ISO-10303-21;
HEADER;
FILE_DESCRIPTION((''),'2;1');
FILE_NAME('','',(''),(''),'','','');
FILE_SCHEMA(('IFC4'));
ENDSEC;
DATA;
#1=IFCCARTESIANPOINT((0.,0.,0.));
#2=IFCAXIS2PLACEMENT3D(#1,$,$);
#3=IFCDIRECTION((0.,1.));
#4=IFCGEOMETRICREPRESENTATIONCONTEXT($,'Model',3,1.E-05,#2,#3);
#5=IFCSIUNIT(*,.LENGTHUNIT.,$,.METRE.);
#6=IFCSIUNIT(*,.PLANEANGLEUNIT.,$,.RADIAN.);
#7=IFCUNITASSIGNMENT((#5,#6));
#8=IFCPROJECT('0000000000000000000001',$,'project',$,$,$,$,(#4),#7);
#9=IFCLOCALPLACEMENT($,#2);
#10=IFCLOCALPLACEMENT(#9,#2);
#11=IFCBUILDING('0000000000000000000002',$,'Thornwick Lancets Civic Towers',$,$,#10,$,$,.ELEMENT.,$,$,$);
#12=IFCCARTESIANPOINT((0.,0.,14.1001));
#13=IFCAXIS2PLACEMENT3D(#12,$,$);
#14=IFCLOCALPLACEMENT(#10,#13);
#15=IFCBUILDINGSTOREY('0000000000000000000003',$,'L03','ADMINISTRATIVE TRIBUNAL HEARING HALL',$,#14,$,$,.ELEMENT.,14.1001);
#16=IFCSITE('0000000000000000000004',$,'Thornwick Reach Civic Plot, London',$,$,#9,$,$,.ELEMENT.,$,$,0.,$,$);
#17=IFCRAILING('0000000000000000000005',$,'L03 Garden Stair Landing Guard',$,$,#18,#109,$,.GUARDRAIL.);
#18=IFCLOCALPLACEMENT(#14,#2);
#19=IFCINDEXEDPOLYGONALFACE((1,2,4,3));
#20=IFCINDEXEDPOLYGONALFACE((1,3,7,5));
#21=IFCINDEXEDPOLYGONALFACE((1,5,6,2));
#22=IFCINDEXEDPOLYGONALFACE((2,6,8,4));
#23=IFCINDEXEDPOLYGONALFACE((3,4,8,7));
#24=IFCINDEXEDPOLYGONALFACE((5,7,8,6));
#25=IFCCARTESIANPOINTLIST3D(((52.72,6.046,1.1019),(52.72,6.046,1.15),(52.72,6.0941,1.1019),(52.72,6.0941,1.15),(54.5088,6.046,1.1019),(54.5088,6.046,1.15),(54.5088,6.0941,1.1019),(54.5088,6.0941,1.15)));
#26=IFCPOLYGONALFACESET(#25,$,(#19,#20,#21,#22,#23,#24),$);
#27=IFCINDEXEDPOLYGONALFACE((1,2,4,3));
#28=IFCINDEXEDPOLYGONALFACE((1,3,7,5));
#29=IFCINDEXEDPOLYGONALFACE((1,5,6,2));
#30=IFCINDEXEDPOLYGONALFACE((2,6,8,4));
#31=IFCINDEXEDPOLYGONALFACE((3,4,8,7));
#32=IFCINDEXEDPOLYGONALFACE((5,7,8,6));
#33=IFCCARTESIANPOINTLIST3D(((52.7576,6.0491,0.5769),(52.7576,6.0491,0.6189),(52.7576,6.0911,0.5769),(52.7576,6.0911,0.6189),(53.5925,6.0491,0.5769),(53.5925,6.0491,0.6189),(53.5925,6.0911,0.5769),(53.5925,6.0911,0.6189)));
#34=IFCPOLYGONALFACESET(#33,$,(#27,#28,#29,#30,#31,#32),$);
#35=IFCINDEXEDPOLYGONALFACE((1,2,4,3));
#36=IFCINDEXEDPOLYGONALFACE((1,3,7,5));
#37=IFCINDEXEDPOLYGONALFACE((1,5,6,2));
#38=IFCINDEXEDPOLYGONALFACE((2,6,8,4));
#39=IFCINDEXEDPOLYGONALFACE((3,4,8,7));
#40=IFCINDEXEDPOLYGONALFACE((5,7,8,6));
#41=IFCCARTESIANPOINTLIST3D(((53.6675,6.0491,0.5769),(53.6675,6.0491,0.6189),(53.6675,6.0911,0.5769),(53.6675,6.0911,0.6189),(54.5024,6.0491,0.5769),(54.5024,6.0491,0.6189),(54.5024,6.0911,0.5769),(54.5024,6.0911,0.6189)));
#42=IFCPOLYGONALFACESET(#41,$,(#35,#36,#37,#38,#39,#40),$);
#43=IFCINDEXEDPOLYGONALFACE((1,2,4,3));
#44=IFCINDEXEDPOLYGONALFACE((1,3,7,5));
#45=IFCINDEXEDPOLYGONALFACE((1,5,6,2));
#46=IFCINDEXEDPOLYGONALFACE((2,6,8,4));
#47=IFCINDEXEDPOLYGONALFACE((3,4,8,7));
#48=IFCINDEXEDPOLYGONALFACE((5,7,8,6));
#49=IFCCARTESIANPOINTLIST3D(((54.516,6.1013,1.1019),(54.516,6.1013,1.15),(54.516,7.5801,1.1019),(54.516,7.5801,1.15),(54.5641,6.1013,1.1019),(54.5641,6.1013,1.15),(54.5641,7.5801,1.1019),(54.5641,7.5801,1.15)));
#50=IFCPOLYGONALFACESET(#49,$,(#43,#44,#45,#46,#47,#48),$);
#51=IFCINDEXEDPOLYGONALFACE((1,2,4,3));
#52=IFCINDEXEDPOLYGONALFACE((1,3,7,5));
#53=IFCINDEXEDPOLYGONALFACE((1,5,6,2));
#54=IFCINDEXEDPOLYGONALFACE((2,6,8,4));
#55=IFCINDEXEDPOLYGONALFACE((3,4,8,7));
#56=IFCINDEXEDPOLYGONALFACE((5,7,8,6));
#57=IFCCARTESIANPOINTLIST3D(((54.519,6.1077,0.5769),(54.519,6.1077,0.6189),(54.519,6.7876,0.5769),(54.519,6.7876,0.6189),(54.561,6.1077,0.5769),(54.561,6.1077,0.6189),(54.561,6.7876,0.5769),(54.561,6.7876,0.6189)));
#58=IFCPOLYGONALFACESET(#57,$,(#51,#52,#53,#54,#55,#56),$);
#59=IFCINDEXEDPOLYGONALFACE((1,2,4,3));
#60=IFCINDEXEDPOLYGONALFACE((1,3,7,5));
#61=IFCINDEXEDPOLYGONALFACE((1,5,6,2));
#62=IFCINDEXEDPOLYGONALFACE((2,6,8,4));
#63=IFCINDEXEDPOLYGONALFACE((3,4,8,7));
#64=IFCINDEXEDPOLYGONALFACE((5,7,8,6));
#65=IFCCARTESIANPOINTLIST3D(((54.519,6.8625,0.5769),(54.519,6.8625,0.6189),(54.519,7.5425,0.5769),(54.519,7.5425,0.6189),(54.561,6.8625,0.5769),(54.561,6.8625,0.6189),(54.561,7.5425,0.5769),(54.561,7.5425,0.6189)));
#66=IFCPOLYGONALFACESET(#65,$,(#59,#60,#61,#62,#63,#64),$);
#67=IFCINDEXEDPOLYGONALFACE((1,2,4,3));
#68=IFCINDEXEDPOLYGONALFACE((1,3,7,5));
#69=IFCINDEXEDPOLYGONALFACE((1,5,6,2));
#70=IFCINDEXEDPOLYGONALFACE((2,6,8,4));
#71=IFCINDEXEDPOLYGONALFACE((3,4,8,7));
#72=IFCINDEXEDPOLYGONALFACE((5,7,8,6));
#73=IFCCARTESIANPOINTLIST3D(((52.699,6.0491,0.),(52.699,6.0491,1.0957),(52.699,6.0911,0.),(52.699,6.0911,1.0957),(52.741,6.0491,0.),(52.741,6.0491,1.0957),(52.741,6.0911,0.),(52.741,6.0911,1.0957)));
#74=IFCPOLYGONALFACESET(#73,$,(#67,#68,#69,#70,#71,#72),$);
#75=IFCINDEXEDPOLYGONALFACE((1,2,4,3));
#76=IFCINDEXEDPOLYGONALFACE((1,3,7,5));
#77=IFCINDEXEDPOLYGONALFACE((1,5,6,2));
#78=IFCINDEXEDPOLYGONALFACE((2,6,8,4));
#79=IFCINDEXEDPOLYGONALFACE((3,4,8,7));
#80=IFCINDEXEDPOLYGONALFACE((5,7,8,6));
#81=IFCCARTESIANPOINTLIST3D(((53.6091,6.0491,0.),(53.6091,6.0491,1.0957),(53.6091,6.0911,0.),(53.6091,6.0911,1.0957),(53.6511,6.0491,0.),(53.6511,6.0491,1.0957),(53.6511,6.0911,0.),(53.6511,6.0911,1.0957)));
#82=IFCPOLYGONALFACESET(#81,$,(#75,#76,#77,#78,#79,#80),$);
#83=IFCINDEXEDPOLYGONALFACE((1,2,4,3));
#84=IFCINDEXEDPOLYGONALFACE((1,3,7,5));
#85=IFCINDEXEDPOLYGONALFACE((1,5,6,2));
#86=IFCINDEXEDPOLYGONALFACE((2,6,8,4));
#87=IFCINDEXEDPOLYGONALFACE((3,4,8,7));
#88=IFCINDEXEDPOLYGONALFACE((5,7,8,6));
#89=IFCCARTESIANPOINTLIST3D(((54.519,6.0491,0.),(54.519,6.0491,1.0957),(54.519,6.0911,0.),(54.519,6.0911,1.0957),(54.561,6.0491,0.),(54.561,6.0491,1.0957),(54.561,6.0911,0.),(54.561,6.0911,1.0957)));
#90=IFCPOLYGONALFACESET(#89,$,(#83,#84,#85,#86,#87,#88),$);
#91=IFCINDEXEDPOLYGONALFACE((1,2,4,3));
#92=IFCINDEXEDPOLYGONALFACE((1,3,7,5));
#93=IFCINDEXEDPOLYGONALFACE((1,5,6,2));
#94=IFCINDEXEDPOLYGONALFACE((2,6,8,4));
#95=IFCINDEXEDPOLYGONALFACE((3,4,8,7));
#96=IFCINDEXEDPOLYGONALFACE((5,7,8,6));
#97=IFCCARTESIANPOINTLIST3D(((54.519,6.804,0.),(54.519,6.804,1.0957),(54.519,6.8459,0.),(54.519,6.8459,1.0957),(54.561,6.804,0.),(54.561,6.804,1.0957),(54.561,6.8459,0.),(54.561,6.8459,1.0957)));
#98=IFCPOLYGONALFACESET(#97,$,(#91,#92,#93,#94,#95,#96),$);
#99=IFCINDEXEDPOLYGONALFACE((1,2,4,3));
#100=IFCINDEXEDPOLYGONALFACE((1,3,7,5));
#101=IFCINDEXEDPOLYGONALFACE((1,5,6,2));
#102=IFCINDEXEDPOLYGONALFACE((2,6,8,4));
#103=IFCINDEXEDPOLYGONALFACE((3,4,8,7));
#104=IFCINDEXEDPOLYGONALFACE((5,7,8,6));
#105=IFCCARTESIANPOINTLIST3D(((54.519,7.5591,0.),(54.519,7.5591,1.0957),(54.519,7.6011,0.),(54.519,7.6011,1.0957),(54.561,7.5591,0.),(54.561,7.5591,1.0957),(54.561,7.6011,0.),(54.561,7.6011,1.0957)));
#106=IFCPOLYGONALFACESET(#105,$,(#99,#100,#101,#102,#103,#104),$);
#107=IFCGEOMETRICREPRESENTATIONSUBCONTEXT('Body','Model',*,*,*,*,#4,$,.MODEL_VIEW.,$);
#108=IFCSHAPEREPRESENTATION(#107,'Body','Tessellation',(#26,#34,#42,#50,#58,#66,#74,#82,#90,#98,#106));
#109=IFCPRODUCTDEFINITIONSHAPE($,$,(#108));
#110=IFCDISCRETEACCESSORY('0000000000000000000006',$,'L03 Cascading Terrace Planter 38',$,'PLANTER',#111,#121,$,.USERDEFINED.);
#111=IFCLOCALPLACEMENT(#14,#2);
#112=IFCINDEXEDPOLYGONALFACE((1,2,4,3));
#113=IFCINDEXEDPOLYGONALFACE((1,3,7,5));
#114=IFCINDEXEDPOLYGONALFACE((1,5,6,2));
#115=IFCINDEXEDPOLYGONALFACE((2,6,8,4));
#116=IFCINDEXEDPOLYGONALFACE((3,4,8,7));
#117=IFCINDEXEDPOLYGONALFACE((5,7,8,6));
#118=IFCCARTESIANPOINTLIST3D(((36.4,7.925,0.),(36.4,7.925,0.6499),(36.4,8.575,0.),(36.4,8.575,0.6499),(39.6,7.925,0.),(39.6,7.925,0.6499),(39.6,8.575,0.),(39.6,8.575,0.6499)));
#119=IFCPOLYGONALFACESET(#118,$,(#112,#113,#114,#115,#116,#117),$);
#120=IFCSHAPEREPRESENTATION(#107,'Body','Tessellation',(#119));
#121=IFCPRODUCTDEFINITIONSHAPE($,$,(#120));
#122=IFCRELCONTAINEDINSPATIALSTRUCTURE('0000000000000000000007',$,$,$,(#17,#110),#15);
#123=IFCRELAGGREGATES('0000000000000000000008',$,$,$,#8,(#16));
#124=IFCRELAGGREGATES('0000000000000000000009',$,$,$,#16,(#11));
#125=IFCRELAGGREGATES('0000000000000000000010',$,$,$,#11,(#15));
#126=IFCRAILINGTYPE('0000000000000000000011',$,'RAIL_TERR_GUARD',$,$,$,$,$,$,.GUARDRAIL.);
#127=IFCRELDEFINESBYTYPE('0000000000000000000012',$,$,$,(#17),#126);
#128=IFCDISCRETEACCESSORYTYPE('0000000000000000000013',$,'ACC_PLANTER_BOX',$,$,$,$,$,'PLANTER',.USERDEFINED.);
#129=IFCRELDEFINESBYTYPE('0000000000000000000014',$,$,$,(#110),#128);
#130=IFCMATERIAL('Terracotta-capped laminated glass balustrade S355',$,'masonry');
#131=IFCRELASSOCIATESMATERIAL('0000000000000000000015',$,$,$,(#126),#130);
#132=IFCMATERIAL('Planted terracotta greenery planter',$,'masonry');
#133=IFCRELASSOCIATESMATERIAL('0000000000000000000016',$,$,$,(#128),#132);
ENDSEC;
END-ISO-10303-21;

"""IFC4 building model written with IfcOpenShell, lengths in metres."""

from ifc_helpers import new_model, si_unit, direction, frame, origin, origin_2d, place, context, subcontext, project, spatial, rectangle, extrude, material, type_object, element, save


model = new_model("IFC4")

# Units and contexts
model_context = context("Model", 3, precision=1e-05, world=origin(), true_north=direction((0.0, 1.0)))
body_context = subcontext(model_context, "Body", "Model", "MODEL_VIEW")
ifc_project = project(units=[si_unit("LENGTHUNIT", "METRE"), si_unit("PLANEANGLEUNIT", "RADIAN")], contexts=[model_context])

# Site, building, storey
site_placement = place(None, origin())
site = spatial("IfcSite", under=ifc_project, at=site_placement, Name="Thornwick Reach Civic Plot, London", CompositionType="ELEMENT", RefElevation=0.0)
building_placement = place(site_placement, origin())
building = spatial("IfcBuilding", under=site, at=building_placement, Name="Thornwick Lancets Civic Towers", CompositionType="ELEMENT")
storey_placement = place(building_placement, frame((0.0, 0.0, 14.1001)))
storey = spatial("IfcBuildingStorey", under=building, at=storey_placement, Name="L03", Description="ADMINISTRATIVE TRIBUNAL HEARING HALL", CompositionType="ELEMENT", Elevation=14.1001)

# Railing
ifc_material_1 = material(Name="Terracotta-capped laminated glass balustrade S355", Category="masonry")
railing_type = type_object("IfcRailingType", Name="RAIL_TERR_GUARD", PredefinedType="GUARDRAIL", material=ifc_material_1)
railing_placement = place(storey_placement, frame((52.72, 6.0701, 0.0)))
element("IfcRailing", 1, at=railing_placement, inside=storey, type_object=railing_type, Name="L03 Garden Stair Landing Guard", PredefinedType="GUARDRAIL", context=body_context, shape_type="SweptSolid", body=[
    extrude(rectangle(XDim=0.0481, YDim=0.0481, at=origin_2d()), frame((0.0, 0.0, 1.126), z_axis=(1.0, 0.0, 0.0), x_axis=(0.0, 1.0, 0.0)), (0.0, 0.0, 1.0), 1.7888),
    extrude(rectangle(XDim=0.042, YDim=0.042, at=origin_2d()), frame((0.0376, 0.0, 0.5979), z_axis=(1.0, 0.0, 0.0), x_axis=(0.0, 1.0, 0.0)), (0.0, 0.0, 1.0), 0.835),
    extrude(rectangle(XDim=0.042, YDim=0.042, at=origin_2d()), frame((0.9475, 0.0, 0.5979), z_axis=(1.0, 0.0, 0.0), x_axis=(0.0, 1.0, 0.0)), (0.0, 0.0, 1.0), 0.835),
    extrude(rectangle(XDim=0.0481, YDim=0.0481, at=origin_2d()), frame((1.8201, 0.0312, 1.126), z_axis=(0.0, 1.0, 0.0), x_axis=(-1.0, 0.0, 0.0)), (0.0, 0.0, 1.0), 1.4788),
    extrude(rectangle(XDim=0.042, YDim=0.042, at=origin_2d()), frame((1.8201, 0.0376, 0.5979), z_axis=(0.0, 1.0, 0.0), x_axis=(-1.0, 0.0, 0.0)), (0.0, 0.0, 1.0), 0.6799),
    extrude(rectangle(XDim=0.042, YDim=0.042, at=origin_2d()), frame((1.8201, 0.7925, 0.5979), z_axis=(0.0, 1.0, 0.0), x_axis=(-1.0, 0.0, 0.0)), (0.0, 0.0, 1.0), 0.6799),
    extrude(rectangle(XDim=0.042, YDim=0.042, at=origin_2d()), origin(), (0.0, 0.0, 1.0), 1.0957),
    extrude(rectangle(XDim=0.042, YDim=0.042, at=origin_2d()), frame((0.9102, 0.0, 0.0)), (0.0, 0.0, 1.0), 1.0957),
    extrude(rectangle(XDim=0.042, YDim=0.042, at=origin_2d()), frame((1.8201, 0.0, 0.0)), (0.0, 0.0, 1.0), 1.0957),
    extrude(rectangle(XDim=0.042, YDim=0.042, at=origin_2d()), frame((1.8201, 0.7549, 0.0)), (0.0, 0.0, 1.0), 1.0957),
    extrude(rectangle(XDim=0.042, YDim=0.042, at=origin_2d()), frame((1.8201, 1.51, 0.0)), (0.0, 0.0, 1.0), 1.0957),
])

# Discrete accessory
ifc_material_2 = material(Name="Planted terracotta greenery planter", Category="masonry")
discrete_accessory_type = type_object("IfcDiscreteAccessoryType", Name="ACC_PLANTER_BOX", ElementType="PLANTER", PredefinedType="USERDEFINED", material=ifc_material_2)
discrete_accessory_placement = place(storey_placement, frame((38.0, 8.25, 0.0), z_axis=(0.0, 0.0, 1.0), x_axis=(1.0, 0.0, 0.0)))
element("IfcDiscreteAccessory", 2, at=discrete_accessory_placement, inside=storey, type_object=discrete_accessory_type, Name="L03 Cascading Terrace Planter 38", ObjectType="PLANTER", PredefinedType="USERDEFINED", context=body_context, shape_type="SweptSolid", body=[
    extrude(rectangle(XDim=3.2, YDim=0.6499, at=origin_2d()), origin(), (0.0, 0.0, 1.0), 0.6499),
])

save(model, "model.ifc")
